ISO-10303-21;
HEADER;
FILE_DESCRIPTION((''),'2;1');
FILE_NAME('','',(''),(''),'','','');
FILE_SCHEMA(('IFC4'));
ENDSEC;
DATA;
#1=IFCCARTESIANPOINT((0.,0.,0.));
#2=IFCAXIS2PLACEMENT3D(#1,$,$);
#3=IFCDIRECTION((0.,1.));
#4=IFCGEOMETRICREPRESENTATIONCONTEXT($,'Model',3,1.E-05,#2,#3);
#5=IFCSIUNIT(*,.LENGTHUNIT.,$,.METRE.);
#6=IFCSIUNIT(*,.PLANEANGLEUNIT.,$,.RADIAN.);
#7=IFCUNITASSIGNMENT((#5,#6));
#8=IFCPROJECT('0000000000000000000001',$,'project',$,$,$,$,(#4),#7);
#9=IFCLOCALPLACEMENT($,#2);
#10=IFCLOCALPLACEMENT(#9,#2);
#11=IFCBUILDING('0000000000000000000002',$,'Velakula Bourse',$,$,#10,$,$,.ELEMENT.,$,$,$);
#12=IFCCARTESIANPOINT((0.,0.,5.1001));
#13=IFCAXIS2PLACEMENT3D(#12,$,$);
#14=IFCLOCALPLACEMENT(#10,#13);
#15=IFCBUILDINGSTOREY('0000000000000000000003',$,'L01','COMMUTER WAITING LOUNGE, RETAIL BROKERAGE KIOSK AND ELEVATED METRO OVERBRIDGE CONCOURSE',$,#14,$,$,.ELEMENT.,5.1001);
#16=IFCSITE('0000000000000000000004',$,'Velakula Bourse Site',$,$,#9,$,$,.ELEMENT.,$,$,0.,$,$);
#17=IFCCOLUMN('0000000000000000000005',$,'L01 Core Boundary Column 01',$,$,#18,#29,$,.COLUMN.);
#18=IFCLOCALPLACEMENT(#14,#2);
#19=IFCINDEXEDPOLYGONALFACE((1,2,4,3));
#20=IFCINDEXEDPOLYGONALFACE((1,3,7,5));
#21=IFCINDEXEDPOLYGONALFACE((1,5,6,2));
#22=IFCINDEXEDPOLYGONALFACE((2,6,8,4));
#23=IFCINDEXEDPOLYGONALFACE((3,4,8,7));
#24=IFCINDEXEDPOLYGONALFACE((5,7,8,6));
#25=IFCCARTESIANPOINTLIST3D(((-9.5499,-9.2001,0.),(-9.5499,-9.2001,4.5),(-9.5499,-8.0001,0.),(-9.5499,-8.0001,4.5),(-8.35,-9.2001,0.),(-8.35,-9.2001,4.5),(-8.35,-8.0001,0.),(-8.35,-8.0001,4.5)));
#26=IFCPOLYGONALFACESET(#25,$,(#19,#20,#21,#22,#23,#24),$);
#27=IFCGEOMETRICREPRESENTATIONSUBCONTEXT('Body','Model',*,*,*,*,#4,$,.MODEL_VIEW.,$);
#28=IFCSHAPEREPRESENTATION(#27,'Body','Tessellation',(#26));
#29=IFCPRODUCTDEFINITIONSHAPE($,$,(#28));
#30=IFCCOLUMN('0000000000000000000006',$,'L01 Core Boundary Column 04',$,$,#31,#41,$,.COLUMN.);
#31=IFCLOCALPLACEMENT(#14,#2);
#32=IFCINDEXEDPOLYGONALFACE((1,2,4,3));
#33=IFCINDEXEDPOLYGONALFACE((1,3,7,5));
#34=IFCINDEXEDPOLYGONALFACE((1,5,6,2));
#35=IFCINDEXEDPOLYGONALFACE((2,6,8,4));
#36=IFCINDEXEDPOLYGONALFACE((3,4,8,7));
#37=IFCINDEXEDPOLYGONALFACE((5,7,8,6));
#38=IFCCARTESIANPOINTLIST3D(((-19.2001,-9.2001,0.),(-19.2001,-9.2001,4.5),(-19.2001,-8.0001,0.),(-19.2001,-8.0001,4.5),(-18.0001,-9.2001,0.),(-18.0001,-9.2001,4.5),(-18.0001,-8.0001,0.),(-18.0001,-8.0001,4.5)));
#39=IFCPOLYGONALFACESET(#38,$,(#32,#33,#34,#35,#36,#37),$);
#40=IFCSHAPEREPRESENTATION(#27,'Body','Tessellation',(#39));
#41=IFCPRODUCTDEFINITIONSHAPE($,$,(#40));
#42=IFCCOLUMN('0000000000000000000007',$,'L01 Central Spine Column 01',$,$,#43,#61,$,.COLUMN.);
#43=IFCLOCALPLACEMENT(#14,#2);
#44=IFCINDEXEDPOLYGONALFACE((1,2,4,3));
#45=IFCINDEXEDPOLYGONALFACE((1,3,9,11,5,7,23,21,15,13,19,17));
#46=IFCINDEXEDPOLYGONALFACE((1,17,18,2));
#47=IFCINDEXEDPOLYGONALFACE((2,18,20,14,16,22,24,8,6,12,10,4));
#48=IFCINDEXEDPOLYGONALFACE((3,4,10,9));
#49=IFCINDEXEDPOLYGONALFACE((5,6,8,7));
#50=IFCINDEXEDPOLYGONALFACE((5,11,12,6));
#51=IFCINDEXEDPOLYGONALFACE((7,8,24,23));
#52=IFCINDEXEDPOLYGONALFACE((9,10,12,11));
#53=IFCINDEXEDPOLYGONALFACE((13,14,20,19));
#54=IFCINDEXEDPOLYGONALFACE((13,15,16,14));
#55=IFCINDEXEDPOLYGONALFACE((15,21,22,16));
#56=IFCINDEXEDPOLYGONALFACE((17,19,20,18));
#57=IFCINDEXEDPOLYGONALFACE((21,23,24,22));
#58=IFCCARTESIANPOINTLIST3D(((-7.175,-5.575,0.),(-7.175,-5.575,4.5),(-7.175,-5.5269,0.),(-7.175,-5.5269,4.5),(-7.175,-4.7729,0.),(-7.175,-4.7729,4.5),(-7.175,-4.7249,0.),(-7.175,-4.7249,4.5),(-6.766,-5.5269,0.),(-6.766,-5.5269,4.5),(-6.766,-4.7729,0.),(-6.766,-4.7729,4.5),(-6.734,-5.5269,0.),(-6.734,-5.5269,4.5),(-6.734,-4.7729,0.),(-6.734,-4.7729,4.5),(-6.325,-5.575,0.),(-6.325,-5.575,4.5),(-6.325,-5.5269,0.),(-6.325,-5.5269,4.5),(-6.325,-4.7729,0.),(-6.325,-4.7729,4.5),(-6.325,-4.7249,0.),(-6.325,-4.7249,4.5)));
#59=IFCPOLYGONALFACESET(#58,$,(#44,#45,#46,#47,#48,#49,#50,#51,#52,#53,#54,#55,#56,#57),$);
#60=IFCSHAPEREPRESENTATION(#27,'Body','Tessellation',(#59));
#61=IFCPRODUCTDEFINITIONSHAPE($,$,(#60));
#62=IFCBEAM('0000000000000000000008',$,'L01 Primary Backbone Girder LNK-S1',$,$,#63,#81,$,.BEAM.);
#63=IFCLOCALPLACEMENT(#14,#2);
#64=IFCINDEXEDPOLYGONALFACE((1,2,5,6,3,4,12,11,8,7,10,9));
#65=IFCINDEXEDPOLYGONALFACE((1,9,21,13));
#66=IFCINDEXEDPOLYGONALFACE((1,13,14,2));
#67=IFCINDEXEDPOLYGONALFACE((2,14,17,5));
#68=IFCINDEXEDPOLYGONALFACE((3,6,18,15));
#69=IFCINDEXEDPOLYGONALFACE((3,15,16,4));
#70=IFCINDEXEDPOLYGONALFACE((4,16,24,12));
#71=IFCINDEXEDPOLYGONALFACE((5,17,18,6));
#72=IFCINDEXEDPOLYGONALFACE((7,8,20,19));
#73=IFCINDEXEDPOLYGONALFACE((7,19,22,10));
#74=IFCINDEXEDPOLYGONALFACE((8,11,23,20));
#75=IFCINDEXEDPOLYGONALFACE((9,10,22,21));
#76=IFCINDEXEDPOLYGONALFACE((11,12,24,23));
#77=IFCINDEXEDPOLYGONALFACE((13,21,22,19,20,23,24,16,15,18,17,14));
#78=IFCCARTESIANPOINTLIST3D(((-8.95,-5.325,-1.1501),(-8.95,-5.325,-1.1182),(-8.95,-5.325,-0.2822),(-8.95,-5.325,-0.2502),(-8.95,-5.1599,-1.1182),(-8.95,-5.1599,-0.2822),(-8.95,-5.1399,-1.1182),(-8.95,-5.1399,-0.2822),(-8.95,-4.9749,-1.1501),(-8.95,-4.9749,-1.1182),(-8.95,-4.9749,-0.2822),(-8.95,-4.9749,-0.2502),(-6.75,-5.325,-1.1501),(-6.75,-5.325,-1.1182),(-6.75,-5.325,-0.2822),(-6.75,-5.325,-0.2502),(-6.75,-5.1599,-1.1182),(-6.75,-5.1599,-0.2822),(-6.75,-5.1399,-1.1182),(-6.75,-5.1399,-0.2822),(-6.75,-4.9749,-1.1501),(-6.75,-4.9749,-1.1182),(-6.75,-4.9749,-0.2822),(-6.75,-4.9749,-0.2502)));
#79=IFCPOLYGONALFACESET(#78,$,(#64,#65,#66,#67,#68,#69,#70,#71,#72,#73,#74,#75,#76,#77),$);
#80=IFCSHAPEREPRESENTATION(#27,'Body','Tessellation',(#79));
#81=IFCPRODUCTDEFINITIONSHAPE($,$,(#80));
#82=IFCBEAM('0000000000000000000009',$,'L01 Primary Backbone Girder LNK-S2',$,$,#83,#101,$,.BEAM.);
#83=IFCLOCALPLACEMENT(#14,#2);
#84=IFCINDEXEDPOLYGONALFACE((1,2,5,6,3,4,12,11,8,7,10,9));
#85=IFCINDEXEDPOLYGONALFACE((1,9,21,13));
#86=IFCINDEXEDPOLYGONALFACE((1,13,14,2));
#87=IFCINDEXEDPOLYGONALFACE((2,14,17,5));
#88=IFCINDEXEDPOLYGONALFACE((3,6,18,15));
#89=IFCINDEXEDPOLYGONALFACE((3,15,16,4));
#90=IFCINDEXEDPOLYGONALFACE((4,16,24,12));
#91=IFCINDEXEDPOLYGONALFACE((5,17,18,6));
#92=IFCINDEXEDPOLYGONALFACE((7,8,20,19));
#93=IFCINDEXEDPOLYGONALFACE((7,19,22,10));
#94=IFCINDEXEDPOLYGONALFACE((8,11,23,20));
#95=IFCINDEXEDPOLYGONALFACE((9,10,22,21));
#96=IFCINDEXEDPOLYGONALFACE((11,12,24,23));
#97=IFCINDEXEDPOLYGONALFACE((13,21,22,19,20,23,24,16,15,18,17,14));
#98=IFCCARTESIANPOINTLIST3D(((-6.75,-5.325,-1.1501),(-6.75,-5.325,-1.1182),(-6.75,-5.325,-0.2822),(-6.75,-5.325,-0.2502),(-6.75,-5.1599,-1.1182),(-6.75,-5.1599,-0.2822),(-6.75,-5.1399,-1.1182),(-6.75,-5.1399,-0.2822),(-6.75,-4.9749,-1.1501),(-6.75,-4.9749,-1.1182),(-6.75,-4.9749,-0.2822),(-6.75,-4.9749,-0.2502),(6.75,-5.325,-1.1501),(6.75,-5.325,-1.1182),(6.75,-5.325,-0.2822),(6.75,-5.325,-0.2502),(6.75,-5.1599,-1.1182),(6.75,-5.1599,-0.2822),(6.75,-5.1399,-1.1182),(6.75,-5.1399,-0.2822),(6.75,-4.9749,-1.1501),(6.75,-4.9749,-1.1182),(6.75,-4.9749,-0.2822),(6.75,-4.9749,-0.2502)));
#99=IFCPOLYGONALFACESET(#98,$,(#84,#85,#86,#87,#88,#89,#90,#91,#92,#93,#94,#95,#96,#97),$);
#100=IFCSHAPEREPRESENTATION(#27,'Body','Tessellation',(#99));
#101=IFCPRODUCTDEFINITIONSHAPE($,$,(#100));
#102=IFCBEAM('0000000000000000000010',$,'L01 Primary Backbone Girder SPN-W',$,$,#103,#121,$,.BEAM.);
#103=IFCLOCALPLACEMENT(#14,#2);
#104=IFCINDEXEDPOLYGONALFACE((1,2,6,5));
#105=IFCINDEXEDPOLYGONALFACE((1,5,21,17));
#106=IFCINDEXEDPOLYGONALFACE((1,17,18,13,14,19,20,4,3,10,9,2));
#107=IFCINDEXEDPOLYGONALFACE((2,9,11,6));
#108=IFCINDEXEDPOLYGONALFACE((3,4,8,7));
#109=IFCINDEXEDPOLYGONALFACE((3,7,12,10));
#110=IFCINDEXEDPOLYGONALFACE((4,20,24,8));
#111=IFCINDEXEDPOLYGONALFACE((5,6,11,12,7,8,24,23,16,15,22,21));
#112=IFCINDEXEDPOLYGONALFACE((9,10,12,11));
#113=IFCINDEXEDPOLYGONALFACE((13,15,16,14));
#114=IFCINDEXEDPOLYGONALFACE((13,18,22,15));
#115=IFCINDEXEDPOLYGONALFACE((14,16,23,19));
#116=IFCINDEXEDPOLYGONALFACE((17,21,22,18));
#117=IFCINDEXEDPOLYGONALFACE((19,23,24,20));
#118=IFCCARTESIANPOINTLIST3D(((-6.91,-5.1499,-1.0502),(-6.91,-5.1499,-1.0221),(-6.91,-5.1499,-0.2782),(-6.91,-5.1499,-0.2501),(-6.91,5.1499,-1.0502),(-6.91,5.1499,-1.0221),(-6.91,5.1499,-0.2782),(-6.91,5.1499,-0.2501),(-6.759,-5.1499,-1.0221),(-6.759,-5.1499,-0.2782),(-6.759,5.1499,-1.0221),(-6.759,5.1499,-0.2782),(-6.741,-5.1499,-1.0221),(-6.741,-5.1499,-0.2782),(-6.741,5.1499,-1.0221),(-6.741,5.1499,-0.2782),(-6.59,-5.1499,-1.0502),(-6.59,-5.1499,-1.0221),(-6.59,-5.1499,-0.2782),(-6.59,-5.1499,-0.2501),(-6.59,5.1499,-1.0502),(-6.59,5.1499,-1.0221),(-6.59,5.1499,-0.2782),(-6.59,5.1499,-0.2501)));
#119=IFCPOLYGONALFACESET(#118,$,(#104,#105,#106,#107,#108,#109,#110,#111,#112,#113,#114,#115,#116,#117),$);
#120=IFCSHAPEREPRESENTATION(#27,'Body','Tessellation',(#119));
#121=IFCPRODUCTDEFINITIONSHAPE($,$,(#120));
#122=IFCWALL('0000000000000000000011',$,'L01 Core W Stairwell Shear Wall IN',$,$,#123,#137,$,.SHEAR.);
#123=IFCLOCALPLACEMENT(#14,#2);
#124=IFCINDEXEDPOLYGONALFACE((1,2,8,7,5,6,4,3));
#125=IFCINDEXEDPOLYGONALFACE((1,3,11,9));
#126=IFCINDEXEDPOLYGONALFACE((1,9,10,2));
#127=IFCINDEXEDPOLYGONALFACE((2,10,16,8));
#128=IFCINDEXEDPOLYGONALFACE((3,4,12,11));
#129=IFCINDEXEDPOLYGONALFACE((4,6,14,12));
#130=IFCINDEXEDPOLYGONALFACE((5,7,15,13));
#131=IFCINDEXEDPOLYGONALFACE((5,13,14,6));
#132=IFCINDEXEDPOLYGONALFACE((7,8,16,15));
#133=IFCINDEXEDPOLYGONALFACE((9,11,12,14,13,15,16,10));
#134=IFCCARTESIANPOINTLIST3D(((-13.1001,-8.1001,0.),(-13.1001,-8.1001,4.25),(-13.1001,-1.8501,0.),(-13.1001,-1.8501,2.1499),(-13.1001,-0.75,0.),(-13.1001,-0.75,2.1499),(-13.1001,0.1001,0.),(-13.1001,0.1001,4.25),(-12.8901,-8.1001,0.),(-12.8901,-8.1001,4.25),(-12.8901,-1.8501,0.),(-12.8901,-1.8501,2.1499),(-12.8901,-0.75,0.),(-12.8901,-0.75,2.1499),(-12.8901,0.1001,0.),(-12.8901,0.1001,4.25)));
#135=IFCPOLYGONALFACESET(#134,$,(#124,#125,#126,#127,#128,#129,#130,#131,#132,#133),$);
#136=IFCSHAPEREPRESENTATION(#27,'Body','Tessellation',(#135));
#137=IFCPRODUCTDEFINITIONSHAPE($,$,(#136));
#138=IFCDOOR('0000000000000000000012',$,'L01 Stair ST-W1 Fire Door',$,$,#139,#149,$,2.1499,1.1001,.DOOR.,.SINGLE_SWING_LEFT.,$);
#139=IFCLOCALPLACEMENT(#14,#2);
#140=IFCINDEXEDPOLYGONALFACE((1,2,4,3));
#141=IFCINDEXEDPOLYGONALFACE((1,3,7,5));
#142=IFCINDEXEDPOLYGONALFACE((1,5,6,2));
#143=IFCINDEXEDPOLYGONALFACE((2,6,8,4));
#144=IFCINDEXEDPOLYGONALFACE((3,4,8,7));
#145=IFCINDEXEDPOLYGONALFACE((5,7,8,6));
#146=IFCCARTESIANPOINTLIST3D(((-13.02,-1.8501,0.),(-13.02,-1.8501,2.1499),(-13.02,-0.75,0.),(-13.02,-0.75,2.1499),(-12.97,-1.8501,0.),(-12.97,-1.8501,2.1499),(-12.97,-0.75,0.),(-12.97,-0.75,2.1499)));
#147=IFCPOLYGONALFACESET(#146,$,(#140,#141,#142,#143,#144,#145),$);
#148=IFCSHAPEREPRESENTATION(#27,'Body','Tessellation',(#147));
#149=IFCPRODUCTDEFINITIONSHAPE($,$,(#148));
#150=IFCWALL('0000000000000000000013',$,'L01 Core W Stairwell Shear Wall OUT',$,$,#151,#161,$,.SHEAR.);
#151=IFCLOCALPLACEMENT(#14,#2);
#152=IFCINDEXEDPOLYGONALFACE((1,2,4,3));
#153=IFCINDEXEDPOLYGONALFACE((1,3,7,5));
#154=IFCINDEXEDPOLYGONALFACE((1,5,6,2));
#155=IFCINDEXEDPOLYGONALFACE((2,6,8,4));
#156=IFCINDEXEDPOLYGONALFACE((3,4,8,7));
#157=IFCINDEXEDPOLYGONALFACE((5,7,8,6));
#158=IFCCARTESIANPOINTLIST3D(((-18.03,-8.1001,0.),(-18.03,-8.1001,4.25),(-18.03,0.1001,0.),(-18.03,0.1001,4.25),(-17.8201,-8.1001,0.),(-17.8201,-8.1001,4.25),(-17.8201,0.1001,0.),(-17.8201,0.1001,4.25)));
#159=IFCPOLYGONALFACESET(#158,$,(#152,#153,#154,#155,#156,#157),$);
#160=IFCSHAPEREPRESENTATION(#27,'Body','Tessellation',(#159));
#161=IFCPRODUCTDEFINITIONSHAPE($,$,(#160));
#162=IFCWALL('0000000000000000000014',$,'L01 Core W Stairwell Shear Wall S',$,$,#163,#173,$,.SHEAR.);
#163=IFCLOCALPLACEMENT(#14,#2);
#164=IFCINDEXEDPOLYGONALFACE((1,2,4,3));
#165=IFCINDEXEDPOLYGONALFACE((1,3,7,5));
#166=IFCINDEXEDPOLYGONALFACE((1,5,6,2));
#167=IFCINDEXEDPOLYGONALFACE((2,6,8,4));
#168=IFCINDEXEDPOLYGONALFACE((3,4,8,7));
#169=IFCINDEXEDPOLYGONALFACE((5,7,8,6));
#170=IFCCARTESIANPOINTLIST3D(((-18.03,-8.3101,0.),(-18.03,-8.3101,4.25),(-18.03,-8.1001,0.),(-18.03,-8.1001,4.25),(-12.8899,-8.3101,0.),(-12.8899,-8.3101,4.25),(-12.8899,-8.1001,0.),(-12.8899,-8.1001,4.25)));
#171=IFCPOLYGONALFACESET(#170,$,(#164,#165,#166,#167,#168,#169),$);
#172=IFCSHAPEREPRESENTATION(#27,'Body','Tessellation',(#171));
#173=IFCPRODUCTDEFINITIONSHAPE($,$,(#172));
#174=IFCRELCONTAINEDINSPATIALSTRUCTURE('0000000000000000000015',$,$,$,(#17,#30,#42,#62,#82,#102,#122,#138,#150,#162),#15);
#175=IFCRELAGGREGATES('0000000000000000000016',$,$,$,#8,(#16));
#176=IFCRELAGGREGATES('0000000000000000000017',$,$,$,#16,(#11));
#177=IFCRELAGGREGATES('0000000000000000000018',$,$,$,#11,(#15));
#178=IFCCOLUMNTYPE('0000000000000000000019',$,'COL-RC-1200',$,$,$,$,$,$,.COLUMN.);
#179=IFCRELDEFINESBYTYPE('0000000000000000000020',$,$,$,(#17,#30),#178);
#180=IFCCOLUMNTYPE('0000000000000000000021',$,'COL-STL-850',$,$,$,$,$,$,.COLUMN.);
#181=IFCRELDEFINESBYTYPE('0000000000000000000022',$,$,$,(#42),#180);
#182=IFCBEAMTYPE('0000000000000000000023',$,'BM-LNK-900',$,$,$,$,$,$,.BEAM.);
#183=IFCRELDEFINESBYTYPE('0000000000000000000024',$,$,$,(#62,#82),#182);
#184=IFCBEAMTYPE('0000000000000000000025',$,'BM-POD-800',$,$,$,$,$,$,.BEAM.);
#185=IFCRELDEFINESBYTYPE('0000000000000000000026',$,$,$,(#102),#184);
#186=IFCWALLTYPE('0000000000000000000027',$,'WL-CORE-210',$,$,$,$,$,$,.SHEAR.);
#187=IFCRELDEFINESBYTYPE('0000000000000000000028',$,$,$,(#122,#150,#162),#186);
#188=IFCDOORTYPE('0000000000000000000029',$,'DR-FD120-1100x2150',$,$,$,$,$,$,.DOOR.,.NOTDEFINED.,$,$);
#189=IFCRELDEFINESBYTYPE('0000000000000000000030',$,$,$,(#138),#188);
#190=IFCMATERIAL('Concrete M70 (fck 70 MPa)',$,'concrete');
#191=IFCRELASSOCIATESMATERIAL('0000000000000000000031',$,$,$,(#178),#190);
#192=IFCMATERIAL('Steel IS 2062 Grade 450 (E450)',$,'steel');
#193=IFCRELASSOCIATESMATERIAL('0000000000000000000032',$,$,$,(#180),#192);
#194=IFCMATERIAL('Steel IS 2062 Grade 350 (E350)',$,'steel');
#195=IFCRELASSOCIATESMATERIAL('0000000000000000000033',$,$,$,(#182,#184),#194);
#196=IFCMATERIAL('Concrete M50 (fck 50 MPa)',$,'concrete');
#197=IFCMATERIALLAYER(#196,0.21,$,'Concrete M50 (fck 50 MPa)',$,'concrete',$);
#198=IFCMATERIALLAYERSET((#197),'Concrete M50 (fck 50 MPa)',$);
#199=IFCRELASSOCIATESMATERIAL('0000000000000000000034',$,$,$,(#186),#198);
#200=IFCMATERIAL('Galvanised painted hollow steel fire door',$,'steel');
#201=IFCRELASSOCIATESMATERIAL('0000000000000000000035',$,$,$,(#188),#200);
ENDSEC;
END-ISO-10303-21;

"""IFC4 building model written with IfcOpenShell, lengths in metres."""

from ifc_helpers import new_model, si_unit, direction, frame, frame_2d, origin, origin_2d, place, context, subcontext, project, spatial, rectangle, i_section, extrude, material, layer, layer_set, material_profile, profile_set, type_object, element, fill, save


model = new_model("IFC4")

# Units and contexts
model_context = context("Model", 3, precision=1e-05, world=origin(), true_north=direction((0.0, 1.0)))
body_context = subcontext(model_context, "Body", "Model", "MODEL_VIEW")
ifc_project = project(units=[si_unit("LENGTHUNIT", "METRE"), si_unit("PLANEANGLEUNIT", "RADIAN")], contexts=[model_context])

# Site, building, storey
site_placement = place(None, origin())
site = spatial("IfcSite", under=ifc_project, at=site_placement, Name="Velakula Bourse Site", CompositionType="ELEMENT", RefElevation=0.0)
building_placement = place(site_placement, origin())
building = spatial("IfcBuilding", under=site, at=building_placement, Name="Velakula Bourse", CompositionType="ELEMENT")
storey_placement = place(building_placement, frame((0.0, 0.0, 5.1001)))
storey = spatial("IfcBuildingStorey", under=building, at=storey_placement, Name="L01", Description="COMMUTER WAITING LOUNGE, RETAIL BROKERAGE KIOSK AND ELEVATED METRO OVERBRIDGE CONCOURSE", CompositionType="ELEMENT", Elevation=5.1001)

# Columns
ifc_material_1 = material(Name="Concrete M70 (fck 70 MPa)", Category="concrete")
ifc_material_profile_1 = material_profile(ifc_material_1, rectangle(XDim=1.2, YDim=1.2, at=origin_2d()), Name="Concrete M70 (fck 70 MPa)")
ifc_profile_set_1 = profile_set([ifc_material_profile_1], Name="Concrete M70 (fck 70 MPa)")
column_type_1 = type_object("IfcColumnType", Name="COL-RC-1200", PredefinedType="COLUMN", material=ifc_profile_set_1)
for number, where, z_axis, x_axis, name in (
    (1, (-8.95, -8.6001, 0.0), (0.0, 0.0, 1.0), (1.0, 0.0, 0.0), "L01 Core Boundary Column 01"),
    (2, (-18.6001, -8.6001, 0.0), (0.0, 0.0, 1.0), (1.0, 0.0, 0.0), "L01 Core Boundary Column 04"),
):
    element("IfcColumn", number, at=place(storey_placement, frame(where, z_axis=z_axis, x_axis=x_axis)), inside=storey, type_object=column_type_1, Name=name, PredefinedType="COLUMN", context=body_context, shape_type="SweptSolid", body=[
        extrude(rectangle(XDim=1.2, YDim=1.2, at=origin_2d()), origin(), (0.0, 0.0, 1.0), 4.5),
    ])
ifc_material_2 = material(Name="Steel IS 2062 Grade 450 (E450)", Category="steel")
ifc_material_profile_2 = material_profile(ifc_material_2, i_section(OverallWidth=0.8501, OverallDepth=0.8501, WebThickness=0.032, FlangeThickness=0.0481, at=origin_2d()), Name="Steel IS 2062 Grade 450 (E450)")
ifc_profile_set_2 = profile_set([ifc_material_profile_2], Name="Steel IS 2062 Grade 450 (E450)")
column_type_2 = type_object("IfcColumnType", Name="COL-STL-850", PredefinedType="COLUMN", material=ifc_profile_set_2)
column_placement = place(storey_placement, frame((-6.75, -5.1499, 0.0), z_axis=(0.0, 0.0, 1.0), x_axis=(1.0, 0.0, 0.0)))
element("IfcColumn", 3, at=column_placement, inside=storey, type_object=column_type_2, Name="L01 Central Spine Column 01", PredefinedType="COLUMN", context=body_context, shape_type="SweptSolid", body=[
    extrude(i_section(OverallWidth=0.8501, OverallDepth=0.8501, WebThickness=0.032, FlangeThickness=0.0481, at=origin_2d()), origin(), (0.0, 0.0, 1.0), 4.5),
])

# Beams
ifc_material_3 = material(Name="Steel IS 2062 Grade 350 (E350)", Category="steel")
ifc_material_profile_3 = material_profile(ifc_material_3, i_section(OverallWidth=0.3501, OverallDepth=0.8999, WebThickness=0.02, FlangeThickness=0.032, at=origin_2d()), Name="Steel IS 2062 Grade 350 (E350)")
ifc_profile_set_3 = profile_set([ifc_material_profile_3], Name="Steel IS 2062 Grade 350 (E350)")
beam_type_1 = type_object("IfcBeamType", Name="BM-LNK-900", PredefinedType="BEAM", material=ifc_profile_set_3)
beam_1_placement = place(storey_placement, frame((-8.95, -5.1499, -0.7002), z_axis=(1.0, 0.0, 0.0), x_axis=(0.0, 1.0, 0.0)))
element("IfcBeam", 4, at=beam_1_placement, inside=storey, type_object=beam_type_1, Name="L01 Primary Backbone Girder LNK-S1", PredefinedType="BEAM", context=body_context, shape_type="SweptSolid", body=[
    extrude(i_section(OverallWidth=0.3501, OverallDepth=0.8999, WebThickness=0.02, FlangeThickness=0.032, at=origin_2d()), origin(), (0.0, 0.0, 1.0), 2.2),
])
beam_2_placement = place(storey_placement, frame((-6.75, -5.1499, -0.7002), z_axis=(1.0, 0.0, 0.0), x_axis=(0.0, 1.0, 0.0)))
element("IfcBeam", 5, at=beam_2_placement, inside=storey, type_object=beam_type_1, Name="L01 Primary Backbone Girder LNK-S2", PredefinedType="BEAM", context=body_context, shape_type="SweptSolid", body=[
    extrude(i_section(OverallWidth=0.3501, OverallDepth=0.8999, WebThickness=0.02, FlangeThickness=0.032, at=origin_2d()), origin(), (0.0, 0.0, 1.0), 13.5),
])
ifc_material_profile_4 = material_profile(ifc_material_3, i_section(OverallWidth=0.3201, OverallDepth=0.8, WebThickness=0.0181, FlangeThickness=0.0281, at=origin_2d()), Name="Steel IS 2062 Grade 350 (E350)")
ifc_profile_set_4 = profile_set([ifc_material_profile_4], Name="Steel IS 2062 Grade 350 (E350)")
beam_type_2 = type_object("IfcBeamType", Name="BM-POD-800", PredefinedType="BEAM", material=ifc_profile_set_4)
beam_3_placement = place(storey_placement, frame((-6.75, -5.1499, -0.6501), z_axis=(0.0, 1.0, 0.0), x_axis=(-1.0, 0.0, 0.0)))
element("IfcBeam", 6, at=beam_3_placement, inside=storey, type_object=beam_type_2, Name="L01 Primary Backbone Girder SPN-W", PredefinedType="BEAM", context=body_context, shape_type="SweptSolid", body=[
    extrude(i_section(OverallWidth=0.3201, OverallDepth=0.8, WebThickness=0.0181, FlangeThickness=0.0281, at=origin_2d()), origin(), (0.0, 0.0, 1.0), 10.2998),
])

# Wall, opening, door
ifc_material_4 = material(Name="Concrete M50 (fck 50 MPa)", Category="concrete")
ifc_layer_1 = layer(ifc_material_4, 0.21, Name="Concrete M50 (fck 50 MPa)", Category="concrete")
ifc_layer_set_1 = layer_set([ifc_layer_1], Name="Concrete M50 (fck 50 MPa)")
wall_type_1 = type_object("IfcWallType", Name="WL-CORE-210", PredefinedType="SHEAR", material=ifc_layer_set_1)
wall_1_placement = place(storey_placement, frame((-12.9951, -8.1001, 0.0), z_axis=(0.0, 0.0, 1.0), x_axis=(0.0, 1.0, 0.0)))
wall_1 = element("IfcWall", 7, at=wall_1_placement, inside=storey, type_object=wall_type_1, Name="L01 Core W Stairwell Shear Wall IN", PredefinedType="SHEAR", context=body_context, shape_type="SweptSolid", body=[
    extrude(rectangle(XDim=8.2002, YDim=0.21, at=frame_2d((4.1001, 0.0))), origin(), (0.0, 0.0, 1.0), 4.25),
])
opening_1_placement = place(wall_1_placement, frame((6.25, 0.0, 0.0)))
opening_1 = element("IfcOpeningElement", 8, at=opening_1_placement, cuts=wall_1, PredefinedType="OPENING", context=body_context, shape_type="SweptSolid", body=[
    extrude(rectangle(XDim=1.1001, YDim=2.1499, at=frame_2d((0.55, 1.075))), frame((0.0, 0.115, 0.0), z_axis=(0.0, -1.0, 0.0), x_axis=(1.0, 0.0, 0.0)), (0.0, 0.0, 1.0), 0.23),
])
ifc_material_5 = material(Name="Galvanised painted hollow steel fire door", Category="steel")
door_type_1 = type_object("IfcDoorType", Name="DR-FD120-1100x2150", OperationType="NOTDEFINED", PredefinedType="DOOR", material=ifc_material_5)
door_1_placement = place(opening_1_placement, origin())
door_1 = element("IfcDoor", 9, at=door_1_placement, inside=storey, type_object=door_type_1, Name="L01 Stair ST-W1 Fire Door", OperationType="SINGLE_SWING_LEFT", OverallHeight=2.1499, OverallWidth=1.1001, PredefinedType="DOOR", context=body_context, shape_type="SweptSolid", body=[
    extrude(rectangle(XDim=1.1001, YDim=2.1499, at=frame_2d((0.55, 1.075))), frame((0.0, 0.0249, 0.0), z_axis=(0.0, -1.0, 0.0), x_axis=(1.0, 0.0, 0.0)), (0.0, 0.0, 1.0), 0.05),
])
fill(opening_1, door_1)

# Walls
wall_2_placement = place(storey_placement, frame((-17.925, -8.1001, 0.0), z_axis=(0.0, 0.0, 1.0), x_axis=(0.0, 1.0, 0.0)))
element("IfcWall", 10, at=wall_2_placement, inside=storey, type_object=wall_type_1, Name="L01 Core W Stairwell Shear Wall OUT", PredefinedType="SHEAR", context=body_context, shape_type="SweptSolid", body=[
    extrude(rectangle(XDim=8.2002, YDim=0.21, at=frame_2d((4.1001, 0.0))), origin(), (0.0, 0.0, 1.0), 4.25),
])
wall_3_placement = place(storey_placement, frame((-18.03, -8.2051, 0.0), z_axis=(0.0, 0.0, 1.0), x_axis=(1.0, 0.0, 0.0)))
element("IfcWall", 11, at=wall_3_placement, inside=storey, type_object=wall_type_1, Name="L01 Core W Stairwell Shear Wall S", PredefinedType="SHEAR", context=body_context, shape_type="SweptSolid", body=[
    extrude(rectangle(XDim=5.1401, YDim=0.21, at=frame_2d((2.5701, 0.0))), origin(), (0.0, 0.0, 1.0), 4.25),
])

save(model, "model.ifc")
